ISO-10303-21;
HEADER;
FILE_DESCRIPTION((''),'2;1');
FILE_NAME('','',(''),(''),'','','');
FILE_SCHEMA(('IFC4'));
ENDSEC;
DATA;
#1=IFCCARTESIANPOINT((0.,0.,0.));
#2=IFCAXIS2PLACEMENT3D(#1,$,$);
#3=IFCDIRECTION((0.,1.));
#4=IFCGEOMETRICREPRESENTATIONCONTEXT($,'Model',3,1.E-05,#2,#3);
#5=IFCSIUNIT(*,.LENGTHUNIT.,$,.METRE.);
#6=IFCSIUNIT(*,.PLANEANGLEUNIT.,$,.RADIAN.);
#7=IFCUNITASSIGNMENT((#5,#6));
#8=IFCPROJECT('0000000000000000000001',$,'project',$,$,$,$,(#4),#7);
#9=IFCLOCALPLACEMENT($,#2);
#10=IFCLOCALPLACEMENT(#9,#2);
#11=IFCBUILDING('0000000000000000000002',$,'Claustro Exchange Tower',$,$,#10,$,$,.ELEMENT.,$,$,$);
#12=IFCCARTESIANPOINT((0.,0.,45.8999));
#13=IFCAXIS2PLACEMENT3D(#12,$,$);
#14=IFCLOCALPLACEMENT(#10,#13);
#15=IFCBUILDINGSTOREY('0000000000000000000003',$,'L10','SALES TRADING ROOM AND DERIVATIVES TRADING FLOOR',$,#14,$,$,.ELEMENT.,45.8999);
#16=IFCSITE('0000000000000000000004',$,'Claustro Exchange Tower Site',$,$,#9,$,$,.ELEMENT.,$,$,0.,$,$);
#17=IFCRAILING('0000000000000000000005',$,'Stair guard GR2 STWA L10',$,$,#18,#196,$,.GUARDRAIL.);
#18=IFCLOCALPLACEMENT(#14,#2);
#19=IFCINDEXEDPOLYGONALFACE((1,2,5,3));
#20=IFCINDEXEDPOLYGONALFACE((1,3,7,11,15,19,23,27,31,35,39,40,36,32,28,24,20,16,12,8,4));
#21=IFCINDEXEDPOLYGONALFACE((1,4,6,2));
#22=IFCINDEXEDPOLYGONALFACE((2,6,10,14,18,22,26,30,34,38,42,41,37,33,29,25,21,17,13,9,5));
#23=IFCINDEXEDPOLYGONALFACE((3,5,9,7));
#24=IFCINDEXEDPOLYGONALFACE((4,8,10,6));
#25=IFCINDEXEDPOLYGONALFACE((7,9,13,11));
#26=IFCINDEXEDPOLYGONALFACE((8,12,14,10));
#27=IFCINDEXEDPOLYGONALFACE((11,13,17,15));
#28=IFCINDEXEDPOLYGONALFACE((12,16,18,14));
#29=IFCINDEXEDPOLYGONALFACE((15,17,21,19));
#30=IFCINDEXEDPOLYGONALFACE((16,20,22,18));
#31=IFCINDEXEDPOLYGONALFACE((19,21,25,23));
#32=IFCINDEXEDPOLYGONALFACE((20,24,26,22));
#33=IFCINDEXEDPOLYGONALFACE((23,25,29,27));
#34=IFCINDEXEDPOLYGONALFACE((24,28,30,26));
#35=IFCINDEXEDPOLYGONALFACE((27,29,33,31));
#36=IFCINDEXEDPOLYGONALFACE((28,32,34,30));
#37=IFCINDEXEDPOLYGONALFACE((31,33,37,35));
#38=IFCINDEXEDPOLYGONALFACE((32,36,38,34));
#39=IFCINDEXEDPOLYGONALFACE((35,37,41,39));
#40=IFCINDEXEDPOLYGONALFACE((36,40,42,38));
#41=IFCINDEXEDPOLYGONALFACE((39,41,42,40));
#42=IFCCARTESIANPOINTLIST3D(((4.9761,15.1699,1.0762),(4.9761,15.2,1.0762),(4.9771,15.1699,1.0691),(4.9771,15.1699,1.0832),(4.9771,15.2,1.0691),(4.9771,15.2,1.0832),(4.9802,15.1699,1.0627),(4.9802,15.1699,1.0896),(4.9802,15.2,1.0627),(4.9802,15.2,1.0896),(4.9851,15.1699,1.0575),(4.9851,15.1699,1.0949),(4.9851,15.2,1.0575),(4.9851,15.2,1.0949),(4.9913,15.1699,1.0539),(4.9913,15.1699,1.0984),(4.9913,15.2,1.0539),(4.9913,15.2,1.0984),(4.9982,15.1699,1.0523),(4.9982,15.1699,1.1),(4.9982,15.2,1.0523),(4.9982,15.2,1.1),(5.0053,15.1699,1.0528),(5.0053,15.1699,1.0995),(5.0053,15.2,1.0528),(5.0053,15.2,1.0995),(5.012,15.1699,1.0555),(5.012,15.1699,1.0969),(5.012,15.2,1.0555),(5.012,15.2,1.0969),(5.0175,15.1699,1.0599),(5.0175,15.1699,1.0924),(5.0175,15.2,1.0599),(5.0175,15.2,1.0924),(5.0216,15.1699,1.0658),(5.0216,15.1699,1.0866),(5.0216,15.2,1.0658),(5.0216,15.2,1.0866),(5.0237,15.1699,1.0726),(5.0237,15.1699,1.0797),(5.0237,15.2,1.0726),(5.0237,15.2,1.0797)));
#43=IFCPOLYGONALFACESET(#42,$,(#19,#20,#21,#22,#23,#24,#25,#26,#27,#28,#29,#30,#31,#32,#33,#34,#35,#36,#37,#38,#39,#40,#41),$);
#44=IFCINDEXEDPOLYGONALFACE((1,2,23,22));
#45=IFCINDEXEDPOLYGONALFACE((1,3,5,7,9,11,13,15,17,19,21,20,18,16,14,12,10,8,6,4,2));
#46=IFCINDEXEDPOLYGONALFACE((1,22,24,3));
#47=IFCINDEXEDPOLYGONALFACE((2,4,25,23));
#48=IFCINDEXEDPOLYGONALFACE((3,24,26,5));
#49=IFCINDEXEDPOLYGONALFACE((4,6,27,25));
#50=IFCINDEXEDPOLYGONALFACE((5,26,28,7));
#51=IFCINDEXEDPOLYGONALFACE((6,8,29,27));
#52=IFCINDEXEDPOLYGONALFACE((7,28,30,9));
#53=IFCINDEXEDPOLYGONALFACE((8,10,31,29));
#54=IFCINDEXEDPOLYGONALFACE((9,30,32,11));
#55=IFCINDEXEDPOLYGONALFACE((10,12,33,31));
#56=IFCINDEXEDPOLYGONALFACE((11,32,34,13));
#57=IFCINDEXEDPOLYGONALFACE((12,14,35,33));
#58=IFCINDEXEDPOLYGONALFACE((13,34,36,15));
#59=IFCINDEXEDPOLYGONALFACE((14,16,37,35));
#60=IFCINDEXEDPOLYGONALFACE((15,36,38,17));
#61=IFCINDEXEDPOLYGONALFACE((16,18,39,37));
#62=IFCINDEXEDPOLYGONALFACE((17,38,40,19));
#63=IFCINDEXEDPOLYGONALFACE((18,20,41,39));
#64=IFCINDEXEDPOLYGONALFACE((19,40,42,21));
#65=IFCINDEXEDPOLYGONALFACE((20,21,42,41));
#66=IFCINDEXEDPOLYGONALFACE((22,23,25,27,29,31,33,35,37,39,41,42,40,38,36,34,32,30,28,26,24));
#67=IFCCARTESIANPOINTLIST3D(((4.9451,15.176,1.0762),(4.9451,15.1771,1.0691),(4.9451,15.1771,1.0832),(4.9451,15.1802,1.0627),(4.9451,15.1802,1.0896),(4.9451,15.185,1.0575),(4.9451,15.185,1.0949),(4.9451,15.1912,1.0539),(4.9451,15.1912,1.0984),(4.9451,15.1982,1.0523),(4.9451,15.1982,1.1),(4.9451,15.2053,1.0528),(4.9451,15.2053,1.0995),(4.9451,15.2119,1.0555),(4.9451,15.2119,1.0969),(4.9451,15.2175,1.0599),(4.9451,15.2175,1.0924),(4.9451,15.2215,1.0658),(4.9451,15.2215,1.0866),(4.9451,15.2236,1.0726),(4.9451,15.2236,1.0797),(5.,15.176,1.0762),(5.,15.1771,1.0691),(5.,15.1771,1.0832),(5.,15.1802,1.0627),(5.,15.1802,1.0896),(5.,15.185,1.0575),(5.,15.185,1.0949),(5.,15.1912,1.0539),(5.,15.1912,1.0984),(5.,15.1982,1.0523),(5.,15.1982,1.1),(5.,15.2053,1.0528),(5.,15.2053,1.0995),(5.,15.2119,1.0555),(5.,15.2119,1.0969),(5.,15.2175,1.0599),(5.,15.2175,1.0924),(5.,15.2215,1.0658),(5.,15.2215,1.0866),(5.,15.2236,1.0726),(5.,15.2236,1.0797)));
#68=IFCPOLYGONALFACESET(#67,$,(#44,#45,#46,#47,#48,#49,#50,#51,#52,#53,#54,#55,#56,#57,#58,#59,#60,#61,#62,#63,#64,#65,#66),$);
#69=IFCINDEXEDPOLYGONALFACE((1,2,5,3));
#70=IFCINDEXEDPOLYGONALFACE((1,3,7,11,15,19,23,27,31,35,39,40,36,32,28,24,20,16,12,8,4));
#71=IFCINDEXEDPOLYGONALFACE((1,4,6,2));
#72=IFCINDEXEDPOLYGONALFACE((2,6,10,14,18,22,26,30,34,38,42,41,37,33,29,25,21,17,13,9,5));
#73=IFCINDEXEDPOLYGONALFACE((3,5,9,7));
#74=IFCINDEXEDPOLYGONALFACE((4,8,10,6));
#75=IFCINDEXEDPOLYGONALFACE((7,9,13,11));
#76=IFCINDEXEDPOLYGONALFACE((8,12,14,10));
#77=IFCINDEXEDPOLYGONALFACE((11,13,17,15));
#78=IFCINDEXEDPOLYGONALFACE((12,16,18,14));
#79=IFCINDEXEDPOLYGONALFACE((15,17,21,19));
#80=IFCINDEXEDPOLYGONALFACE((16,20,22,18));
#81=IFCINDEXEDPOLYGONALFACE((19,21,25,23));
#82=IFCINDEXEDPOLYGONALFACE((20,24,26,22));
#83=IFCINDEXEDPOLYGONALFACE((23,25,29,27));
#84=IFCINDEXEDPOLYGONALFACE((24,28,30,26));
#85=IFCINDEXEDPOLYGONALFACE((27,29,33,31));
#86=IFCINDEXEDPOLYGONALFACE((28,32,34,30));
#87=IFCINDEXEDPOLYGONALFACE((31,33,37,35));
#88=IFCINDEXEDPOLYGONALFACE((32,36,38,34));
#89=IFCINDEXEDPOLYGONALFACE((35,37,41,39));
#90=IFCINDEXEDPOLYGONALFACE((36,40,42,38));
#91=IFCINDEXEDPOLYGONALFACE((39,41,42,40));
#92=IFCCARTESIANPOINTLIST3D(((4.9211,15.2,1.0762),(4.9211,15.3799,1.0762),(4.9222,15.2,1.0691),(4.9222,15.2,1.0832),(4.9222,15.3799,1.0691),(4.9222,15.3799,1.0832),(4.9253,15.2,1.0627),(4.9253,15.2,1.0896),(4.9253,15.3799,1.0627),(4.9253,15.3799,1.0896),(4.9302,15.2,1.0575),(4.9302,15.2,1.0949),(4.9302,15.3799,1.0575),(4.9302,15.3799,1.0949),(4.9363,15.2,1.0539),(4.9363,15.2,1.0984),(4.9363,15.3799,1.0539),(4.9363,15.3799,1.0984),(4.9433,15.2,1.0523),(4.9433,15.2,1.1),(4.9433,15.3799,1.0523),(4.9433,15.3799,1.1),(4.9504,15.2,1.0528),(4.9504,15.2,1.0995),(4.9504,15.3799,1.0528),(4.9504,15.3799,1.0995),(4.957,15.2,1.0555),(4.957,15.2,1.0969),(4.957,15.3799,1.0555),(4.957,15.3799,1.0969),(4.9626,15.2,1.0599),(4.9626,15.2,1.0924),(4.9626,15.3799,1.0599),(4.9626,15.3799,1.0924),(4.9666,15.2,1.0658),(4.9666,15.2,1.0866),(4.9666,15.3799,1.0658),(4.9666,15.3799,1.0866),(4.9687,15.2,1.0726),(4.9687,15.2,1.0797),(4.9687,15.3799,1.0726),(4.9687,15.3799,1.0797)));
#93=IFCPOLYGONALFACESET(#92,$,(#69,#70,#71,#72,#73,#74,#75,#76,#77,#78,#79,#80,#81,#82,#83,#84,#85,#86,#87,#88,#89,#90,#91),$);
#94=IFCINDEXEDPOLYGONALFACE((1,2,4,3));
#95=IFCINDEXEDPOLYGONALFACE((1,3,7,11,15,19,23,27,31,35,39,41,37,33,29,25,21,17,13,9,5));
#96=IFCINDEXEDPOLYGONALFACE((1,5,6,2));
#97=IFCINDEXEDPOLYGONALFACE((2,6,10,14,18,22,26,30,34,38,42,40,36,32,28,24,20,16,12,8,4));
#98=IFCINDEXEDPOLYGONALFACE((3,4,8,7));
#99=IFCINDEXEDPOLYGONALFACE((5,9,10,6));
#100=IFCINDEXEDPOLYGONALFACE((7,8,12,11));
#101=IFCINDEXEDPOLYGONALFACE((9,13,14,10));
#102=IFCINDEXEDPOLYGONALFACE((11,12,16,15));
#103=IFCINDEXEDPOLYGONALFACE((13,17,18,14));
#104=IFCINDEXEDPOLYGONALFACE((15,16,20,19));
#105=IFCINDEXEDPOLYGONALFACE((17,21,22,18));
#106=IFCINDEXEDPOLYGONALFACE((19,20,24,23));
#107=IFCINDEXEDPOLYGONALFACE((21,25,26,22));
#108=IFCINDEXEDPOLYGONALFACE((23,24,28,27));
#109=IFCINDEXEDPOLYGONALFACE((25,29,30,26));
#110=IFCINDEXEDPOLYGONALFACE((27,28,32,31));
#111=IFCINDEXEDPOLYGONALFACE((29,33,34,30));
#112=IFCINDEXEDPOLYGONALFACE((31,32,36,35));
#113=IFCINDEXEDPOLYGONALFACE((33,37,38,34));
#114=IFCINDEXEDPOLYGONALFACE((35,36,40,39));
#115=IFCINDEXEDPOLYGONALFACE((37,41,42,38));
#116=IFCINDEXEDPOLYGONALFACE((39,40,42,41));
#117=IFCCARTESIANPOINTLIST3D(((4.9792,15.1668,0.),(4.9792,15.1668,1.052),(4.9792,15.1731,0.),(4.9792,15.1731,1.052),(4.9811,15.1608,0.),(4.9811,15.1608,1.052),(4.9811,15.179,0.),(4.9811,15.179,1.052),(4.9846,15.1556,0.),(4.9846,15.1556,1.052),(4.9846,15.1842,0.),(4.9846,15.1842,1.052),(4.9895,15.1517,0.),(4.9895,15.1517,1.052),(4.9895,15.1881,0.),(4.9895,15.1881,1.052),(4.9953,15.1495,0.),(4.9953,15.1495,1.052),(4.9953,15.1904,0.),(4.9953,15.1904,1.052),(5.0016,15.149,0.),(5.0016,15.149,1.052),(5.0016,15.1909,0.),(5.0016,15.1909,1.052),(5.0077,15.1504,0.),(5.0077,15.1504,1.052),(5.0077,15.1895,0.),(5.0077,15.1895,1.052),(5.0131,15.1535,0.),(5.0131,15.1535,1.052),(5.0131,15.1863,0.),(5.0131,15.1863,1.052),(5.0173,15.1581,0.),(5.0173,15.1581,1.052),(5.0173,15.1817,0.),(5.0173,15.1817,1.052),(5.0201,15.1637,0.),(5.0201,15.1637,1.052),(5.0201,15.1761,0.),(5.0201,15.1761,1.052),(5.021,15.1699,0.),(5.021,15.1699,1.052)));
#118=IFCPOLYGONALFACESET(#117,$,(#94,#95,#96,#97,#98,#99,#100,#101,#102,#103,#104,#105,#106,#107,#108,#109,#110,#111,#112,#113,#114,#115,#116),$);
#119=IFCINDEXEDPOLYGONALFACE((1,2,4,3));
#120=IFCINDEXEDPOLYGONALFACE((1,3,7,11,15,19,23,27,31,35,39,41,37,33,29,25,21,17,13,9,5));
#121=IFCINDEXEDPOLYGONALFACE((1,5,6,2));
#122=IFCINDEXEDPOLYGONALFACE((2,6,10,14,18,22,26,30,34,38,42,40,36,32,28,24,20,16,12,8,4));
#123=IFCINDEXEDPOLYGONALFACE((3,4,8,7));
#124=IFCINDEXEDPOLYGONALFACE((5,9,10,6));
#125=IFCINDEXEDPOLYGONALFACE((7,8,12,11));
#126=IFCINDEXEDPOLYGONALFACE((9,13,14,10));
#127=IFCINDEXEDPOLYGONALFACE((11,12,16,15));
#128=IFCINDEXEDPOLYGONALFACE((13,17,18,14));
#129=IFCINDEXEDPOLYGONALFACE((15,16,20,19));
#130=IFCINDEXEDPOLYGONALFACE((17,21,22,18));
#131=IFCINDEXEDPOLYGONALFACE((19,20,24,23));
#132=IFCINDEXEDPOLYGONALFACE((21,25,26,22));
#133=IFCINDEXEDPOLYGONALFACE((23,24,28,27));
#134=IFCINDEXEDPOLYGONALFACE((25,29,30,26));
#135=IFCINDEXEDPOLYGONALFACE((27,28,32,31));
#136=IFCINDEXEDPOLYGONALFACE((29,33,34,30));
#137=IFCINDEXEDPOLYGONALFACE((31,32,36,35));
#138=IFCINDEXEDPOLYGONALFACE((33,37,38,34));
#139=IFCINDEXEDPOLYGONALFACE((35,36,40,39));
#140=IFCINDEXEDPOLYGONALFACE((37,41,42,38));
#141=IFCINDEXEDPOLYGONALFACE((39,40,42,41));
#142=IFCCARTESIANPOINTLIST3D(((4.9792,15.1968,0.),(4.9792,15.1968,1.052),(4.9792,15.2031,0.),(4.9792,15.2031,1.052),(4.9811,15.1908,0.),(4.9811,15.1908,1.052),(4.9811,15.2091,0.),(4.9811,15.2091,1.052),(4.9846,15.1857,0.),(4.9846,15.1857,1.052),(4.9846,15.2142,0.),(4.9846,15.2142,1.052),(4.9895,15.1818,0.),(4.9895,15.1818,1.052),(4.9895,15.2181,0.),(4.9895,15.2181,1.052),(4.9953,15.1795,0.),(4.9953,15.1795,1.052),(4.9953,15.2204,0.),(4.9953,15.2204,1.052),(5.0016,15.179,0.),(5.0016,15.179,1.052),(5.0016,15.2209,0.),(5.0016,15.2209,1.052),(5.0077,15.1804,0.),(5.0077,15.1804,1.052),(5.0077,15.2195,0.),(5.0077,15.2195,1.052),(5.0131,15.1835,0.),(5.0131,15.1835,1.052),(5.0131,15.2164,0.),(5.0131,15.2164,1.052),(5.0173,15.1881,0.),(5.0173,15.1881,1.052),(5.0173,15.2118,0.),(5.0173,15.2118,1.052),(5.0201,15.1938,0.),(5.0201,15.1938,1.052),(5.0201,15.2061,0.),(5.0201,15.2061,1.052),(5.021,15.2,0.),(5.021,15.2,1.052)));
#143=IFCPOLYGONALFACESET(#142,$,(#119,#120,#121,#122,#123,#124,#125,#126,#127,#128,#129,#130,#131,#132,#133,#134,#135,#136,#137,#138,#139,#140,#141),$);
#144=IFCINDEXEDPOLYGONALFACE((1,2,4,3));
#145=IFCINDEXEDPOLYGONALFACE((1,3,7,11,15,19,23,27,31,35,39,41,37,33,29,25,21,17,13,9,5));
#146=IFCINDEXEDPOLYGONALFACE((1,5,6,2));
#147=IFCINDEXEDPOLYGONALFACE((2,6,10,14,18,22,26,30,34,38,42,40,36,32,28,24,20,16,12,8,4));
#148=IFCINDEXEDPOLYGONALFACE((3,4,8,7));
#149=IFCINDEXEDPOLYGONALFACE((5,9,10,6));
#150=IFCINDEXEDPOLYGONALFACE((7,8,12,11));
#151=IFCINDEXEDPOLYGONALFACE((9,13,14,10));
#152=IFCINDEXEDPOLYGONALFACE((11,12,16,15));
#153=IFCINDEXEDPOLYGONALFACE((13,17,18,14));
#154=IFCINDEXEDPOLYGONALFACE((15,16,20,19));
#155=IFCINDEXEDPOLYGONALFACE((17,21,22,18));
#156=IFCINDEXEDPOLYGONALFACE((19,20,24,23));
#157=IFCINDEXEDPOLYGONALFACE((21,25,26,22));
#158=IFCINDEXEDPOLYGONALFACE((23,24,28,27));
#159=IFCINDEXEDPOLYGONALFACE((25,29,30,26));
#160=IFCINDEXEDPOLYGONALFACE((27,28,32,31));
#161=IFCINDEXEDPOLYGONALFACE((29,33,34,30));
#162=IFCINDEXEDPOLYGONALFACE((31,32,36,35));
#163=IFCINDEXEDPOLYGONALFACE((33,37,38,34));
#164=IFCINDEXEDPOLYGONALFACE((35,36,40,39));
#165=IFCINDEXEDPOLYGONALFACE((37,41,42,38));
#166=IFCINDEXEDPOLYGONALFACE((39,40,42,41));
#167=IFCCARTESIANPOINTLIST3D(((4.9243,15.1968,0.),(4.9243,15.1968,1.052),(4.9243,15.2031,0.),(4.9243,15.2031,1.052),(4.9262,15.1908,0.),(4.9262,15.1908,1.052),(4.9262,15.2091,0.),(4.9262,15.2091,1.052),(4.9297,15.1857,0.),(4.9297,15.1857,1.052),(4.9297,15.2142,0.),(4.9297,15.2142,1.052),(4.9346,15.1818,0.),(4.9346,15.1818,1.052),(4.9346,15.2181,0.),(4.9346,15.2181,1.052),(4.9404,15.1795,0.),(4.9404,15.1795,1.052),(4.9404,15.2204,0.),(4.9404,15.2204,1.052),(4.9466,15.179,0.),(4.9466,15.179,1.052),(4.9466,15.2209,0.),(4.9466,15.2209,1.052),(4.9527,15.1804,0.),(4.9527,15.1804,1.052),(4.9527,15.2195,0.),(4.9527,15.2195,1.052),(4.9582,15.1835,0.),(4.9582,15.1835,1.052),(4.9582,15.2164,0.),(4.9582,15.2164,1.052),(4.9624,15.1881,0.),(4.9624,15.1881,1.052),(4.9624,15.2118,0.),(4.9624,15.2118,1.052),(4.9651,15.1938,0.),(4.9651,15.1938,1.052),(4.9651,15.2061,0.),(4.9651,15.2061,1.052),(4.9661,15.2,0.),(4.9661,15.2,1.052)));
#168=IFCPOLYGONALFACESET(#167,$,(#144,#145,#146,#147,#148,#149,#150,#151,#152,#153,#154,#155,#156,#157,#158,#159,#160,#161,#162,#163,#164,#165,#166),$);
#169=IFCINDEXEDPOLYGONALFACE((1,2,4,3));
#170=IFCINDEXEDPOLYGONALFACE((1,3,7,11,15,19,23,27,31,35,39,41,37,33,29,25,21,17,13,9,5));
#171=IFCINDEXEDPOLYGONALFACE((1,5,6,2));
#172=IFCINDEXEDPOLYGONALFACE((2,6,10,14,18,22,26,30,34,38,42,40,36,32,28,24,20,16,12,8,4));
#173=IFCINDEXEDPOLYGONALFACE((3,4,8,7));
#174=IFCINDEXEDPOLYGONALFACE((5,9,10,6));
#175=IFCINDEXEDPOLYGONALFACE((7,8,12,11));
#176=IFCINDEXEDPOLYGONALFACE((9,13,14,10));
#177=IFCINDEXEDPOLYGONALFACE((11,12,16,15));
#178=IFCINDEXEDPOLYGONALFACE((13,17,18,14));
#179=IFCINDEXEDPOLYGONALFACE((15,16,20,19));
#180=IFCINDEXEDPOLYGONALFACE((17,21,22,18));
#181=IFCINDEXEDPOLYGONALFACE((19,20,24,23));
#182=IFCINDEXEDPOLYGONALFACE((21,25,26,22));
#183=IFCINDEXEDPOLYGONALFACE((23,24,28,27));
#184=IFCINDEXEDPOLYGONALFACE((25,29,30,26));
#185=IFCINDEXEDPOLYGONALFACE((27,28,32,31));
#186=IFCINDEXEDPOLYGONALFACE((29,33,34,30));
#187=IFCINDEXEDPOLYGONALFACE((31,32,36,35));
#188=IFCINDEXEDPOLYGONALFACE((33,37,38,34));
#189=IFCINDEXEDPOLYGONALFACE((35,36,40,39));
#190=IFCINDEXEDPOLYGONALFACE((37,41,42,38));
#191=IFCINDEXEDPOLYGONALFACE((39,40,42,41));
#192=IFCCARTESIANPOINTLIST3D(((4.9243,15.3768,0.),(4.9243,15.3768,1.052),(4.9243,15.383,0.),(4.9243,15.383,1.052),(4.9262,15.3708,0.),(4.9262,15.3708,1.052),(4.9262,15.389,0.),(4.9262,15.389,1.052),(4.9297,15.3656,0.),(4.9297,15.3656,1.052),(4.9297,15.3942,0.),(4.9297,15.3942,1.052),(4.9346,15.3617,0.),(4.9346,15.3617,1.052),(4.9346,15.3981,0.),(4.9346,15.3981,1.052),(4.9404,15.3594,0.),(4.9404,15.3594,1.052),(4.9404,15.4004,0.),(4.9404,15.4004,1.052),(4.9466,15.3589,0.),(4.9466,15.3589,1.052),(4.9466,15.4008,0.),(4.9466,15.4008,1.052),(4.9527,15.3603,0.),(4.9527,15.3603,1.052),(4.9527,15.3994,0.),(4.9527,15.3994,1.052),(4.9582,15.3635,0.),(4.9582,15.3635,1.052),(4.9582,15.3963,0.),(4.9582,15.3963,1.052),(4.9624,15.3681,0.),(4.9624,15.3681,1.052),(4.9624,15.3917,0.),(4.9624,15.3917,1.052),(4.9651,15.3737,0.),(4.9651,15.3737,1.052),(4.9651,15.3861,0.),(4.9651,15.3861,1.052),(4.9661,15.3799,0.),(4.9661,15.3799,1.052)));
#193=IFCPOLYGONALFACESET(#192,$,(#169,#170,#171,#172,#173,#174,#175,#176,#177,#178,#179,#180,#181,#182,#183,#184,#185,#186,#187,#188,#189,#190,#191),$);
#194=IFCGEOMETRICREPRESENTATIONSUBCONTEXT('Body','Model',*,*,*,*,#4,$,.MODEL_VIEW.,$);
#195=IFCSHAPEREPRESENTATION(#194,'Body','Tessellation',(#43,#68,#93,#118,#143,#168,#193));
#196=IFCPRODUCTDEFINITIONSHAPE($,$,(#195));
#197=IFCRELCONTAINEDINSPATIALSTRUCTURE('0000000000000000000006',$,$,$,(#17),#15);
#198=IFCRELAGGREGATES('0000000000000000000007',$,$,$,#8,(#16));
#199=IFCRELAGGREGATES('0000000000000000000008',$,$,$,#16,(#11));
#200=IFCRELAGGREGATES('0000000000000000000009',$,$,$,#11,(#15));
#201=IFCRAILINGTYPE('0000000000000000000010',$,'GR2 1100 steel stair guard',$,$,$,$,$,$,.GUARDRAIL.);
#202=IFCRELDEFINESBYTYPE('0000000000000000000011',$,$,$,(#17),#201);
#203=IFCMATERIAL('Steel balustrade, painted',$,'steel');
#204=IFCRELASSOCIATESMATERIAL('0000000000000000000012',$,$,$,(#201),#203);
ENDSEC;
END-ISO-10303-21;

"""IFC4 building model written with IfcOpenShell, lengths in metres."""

from ifc_helpers import new_model, si_unit, direction, frame, origin, origin_2d, place, context, subcontext, project, spatial, circle, extrude, material, type_object, element, save


model = new_model("IFC4")

# Units and contexts
model_context = context("Model", 3, precision=1e-05, world=origin(), true_north=direction((0.0, 1.0)))
body_context = subcontext(model_context, "Body", "Model", "MODEL_VIEW")
ifc_project = project(units=[si_unit("LENGTHUNIT", "METRE"), si_unit("PLANEANGLEUNIT", "RADIAN")], contexts=[model_context])

# Site, building, storey
site_placement = place(None, origin())
site = spatial("IfcSite", under=ifc_project, at=site_placement, Name="Claustro Exchange Tower Site", CompositionType="ELEMENT", RefElevation=0.0)
building_placement = place(site_placement, origin())
building = spatial("IfcBuilding", under=site, at=building_placement, Name="Claustro Exchange Tower", CompositionType="ELEMENT")
storey_placement = place(building_placement, frame((0.0, 0.0, 45.8999)))
storey = spatial("IfcBuildingStorey", under=building, at=storey_placement, Name="L10", Description="SALES TRADING ROOM AND DERIVATIVES TRADING FLOOR", CompositionType="ELEMENT", Elevation=45.8999)

# Railing
ifc_material_1 = material(Name="Steel balustrade, painted", Category="steel")
railing_type_1 = type_object("IfcRailingType", Name="GR2 1100 steel stair guard", PredefinedType="GUARDRAIL", material=ifc_material_1)
railing_1_placement = place(storey_placement, frame((5.0, 15.1699, 0.0)))
element("IfcRailing", 1, at=railing_1_placement, inside=storey, type_object=railing_type_1, Name="Stair guard GR2 STWA L10", PredefinedType="GUARDRAIL", context=body_context, shape_type="SweptSolid", body=[
    extrude(circle(Radius=0.0239, at=origin_2d()), frame((0.0, 0.0, 1.0762), z_axis=(0.0, 1.0, 0.0), x_axis=(-1.0, 0.0, 0.0)), (0.0, 0.0, 1.0), 0.03),
    extrude(circle(Radius=0.0239, at=origin_2d()), frame((0.0, 0.03, 1.0762), z_axis=(-1.0, 0.0, 0.0), x_axis=(0.0, -1.0, 0.0)), (0.0, 0.0, 1.0), 0.0549),
    extrude(circle(Radius=0.0239, at=origin_2d()), frame((-0.0549, 0.03, 1.0762), z_axis=(0.0, 1.0, 0.0), x_axis=(-1.0, 0.0, 0.0)), (0.0, 0.0, 1.0), 0.1799),
    extrude(circle(Radius=0.021, at=origin_2d()), origin(), (0.0, 0.0, 1.0), 1.052),
    extrude(circle(Radius=0.021, at=origin_2d()), frame((0.0, 0.03, 0.0)), (0.0, 0.0, 1.0), 1.052),
    extrude(circle(Radius=0.021, at=origin_2d()), frame((-0.0549, 0.03, 0.0)), (0.0, 0.0, 1.0), 1.052),
    extrude(circle(Radius=0.021, at=origin_2d()), frame((-0.0549, 0.21, 0.0)), (0.0, 0.0, 1.0), 1.052),
])

save(model, "model.ifc")
